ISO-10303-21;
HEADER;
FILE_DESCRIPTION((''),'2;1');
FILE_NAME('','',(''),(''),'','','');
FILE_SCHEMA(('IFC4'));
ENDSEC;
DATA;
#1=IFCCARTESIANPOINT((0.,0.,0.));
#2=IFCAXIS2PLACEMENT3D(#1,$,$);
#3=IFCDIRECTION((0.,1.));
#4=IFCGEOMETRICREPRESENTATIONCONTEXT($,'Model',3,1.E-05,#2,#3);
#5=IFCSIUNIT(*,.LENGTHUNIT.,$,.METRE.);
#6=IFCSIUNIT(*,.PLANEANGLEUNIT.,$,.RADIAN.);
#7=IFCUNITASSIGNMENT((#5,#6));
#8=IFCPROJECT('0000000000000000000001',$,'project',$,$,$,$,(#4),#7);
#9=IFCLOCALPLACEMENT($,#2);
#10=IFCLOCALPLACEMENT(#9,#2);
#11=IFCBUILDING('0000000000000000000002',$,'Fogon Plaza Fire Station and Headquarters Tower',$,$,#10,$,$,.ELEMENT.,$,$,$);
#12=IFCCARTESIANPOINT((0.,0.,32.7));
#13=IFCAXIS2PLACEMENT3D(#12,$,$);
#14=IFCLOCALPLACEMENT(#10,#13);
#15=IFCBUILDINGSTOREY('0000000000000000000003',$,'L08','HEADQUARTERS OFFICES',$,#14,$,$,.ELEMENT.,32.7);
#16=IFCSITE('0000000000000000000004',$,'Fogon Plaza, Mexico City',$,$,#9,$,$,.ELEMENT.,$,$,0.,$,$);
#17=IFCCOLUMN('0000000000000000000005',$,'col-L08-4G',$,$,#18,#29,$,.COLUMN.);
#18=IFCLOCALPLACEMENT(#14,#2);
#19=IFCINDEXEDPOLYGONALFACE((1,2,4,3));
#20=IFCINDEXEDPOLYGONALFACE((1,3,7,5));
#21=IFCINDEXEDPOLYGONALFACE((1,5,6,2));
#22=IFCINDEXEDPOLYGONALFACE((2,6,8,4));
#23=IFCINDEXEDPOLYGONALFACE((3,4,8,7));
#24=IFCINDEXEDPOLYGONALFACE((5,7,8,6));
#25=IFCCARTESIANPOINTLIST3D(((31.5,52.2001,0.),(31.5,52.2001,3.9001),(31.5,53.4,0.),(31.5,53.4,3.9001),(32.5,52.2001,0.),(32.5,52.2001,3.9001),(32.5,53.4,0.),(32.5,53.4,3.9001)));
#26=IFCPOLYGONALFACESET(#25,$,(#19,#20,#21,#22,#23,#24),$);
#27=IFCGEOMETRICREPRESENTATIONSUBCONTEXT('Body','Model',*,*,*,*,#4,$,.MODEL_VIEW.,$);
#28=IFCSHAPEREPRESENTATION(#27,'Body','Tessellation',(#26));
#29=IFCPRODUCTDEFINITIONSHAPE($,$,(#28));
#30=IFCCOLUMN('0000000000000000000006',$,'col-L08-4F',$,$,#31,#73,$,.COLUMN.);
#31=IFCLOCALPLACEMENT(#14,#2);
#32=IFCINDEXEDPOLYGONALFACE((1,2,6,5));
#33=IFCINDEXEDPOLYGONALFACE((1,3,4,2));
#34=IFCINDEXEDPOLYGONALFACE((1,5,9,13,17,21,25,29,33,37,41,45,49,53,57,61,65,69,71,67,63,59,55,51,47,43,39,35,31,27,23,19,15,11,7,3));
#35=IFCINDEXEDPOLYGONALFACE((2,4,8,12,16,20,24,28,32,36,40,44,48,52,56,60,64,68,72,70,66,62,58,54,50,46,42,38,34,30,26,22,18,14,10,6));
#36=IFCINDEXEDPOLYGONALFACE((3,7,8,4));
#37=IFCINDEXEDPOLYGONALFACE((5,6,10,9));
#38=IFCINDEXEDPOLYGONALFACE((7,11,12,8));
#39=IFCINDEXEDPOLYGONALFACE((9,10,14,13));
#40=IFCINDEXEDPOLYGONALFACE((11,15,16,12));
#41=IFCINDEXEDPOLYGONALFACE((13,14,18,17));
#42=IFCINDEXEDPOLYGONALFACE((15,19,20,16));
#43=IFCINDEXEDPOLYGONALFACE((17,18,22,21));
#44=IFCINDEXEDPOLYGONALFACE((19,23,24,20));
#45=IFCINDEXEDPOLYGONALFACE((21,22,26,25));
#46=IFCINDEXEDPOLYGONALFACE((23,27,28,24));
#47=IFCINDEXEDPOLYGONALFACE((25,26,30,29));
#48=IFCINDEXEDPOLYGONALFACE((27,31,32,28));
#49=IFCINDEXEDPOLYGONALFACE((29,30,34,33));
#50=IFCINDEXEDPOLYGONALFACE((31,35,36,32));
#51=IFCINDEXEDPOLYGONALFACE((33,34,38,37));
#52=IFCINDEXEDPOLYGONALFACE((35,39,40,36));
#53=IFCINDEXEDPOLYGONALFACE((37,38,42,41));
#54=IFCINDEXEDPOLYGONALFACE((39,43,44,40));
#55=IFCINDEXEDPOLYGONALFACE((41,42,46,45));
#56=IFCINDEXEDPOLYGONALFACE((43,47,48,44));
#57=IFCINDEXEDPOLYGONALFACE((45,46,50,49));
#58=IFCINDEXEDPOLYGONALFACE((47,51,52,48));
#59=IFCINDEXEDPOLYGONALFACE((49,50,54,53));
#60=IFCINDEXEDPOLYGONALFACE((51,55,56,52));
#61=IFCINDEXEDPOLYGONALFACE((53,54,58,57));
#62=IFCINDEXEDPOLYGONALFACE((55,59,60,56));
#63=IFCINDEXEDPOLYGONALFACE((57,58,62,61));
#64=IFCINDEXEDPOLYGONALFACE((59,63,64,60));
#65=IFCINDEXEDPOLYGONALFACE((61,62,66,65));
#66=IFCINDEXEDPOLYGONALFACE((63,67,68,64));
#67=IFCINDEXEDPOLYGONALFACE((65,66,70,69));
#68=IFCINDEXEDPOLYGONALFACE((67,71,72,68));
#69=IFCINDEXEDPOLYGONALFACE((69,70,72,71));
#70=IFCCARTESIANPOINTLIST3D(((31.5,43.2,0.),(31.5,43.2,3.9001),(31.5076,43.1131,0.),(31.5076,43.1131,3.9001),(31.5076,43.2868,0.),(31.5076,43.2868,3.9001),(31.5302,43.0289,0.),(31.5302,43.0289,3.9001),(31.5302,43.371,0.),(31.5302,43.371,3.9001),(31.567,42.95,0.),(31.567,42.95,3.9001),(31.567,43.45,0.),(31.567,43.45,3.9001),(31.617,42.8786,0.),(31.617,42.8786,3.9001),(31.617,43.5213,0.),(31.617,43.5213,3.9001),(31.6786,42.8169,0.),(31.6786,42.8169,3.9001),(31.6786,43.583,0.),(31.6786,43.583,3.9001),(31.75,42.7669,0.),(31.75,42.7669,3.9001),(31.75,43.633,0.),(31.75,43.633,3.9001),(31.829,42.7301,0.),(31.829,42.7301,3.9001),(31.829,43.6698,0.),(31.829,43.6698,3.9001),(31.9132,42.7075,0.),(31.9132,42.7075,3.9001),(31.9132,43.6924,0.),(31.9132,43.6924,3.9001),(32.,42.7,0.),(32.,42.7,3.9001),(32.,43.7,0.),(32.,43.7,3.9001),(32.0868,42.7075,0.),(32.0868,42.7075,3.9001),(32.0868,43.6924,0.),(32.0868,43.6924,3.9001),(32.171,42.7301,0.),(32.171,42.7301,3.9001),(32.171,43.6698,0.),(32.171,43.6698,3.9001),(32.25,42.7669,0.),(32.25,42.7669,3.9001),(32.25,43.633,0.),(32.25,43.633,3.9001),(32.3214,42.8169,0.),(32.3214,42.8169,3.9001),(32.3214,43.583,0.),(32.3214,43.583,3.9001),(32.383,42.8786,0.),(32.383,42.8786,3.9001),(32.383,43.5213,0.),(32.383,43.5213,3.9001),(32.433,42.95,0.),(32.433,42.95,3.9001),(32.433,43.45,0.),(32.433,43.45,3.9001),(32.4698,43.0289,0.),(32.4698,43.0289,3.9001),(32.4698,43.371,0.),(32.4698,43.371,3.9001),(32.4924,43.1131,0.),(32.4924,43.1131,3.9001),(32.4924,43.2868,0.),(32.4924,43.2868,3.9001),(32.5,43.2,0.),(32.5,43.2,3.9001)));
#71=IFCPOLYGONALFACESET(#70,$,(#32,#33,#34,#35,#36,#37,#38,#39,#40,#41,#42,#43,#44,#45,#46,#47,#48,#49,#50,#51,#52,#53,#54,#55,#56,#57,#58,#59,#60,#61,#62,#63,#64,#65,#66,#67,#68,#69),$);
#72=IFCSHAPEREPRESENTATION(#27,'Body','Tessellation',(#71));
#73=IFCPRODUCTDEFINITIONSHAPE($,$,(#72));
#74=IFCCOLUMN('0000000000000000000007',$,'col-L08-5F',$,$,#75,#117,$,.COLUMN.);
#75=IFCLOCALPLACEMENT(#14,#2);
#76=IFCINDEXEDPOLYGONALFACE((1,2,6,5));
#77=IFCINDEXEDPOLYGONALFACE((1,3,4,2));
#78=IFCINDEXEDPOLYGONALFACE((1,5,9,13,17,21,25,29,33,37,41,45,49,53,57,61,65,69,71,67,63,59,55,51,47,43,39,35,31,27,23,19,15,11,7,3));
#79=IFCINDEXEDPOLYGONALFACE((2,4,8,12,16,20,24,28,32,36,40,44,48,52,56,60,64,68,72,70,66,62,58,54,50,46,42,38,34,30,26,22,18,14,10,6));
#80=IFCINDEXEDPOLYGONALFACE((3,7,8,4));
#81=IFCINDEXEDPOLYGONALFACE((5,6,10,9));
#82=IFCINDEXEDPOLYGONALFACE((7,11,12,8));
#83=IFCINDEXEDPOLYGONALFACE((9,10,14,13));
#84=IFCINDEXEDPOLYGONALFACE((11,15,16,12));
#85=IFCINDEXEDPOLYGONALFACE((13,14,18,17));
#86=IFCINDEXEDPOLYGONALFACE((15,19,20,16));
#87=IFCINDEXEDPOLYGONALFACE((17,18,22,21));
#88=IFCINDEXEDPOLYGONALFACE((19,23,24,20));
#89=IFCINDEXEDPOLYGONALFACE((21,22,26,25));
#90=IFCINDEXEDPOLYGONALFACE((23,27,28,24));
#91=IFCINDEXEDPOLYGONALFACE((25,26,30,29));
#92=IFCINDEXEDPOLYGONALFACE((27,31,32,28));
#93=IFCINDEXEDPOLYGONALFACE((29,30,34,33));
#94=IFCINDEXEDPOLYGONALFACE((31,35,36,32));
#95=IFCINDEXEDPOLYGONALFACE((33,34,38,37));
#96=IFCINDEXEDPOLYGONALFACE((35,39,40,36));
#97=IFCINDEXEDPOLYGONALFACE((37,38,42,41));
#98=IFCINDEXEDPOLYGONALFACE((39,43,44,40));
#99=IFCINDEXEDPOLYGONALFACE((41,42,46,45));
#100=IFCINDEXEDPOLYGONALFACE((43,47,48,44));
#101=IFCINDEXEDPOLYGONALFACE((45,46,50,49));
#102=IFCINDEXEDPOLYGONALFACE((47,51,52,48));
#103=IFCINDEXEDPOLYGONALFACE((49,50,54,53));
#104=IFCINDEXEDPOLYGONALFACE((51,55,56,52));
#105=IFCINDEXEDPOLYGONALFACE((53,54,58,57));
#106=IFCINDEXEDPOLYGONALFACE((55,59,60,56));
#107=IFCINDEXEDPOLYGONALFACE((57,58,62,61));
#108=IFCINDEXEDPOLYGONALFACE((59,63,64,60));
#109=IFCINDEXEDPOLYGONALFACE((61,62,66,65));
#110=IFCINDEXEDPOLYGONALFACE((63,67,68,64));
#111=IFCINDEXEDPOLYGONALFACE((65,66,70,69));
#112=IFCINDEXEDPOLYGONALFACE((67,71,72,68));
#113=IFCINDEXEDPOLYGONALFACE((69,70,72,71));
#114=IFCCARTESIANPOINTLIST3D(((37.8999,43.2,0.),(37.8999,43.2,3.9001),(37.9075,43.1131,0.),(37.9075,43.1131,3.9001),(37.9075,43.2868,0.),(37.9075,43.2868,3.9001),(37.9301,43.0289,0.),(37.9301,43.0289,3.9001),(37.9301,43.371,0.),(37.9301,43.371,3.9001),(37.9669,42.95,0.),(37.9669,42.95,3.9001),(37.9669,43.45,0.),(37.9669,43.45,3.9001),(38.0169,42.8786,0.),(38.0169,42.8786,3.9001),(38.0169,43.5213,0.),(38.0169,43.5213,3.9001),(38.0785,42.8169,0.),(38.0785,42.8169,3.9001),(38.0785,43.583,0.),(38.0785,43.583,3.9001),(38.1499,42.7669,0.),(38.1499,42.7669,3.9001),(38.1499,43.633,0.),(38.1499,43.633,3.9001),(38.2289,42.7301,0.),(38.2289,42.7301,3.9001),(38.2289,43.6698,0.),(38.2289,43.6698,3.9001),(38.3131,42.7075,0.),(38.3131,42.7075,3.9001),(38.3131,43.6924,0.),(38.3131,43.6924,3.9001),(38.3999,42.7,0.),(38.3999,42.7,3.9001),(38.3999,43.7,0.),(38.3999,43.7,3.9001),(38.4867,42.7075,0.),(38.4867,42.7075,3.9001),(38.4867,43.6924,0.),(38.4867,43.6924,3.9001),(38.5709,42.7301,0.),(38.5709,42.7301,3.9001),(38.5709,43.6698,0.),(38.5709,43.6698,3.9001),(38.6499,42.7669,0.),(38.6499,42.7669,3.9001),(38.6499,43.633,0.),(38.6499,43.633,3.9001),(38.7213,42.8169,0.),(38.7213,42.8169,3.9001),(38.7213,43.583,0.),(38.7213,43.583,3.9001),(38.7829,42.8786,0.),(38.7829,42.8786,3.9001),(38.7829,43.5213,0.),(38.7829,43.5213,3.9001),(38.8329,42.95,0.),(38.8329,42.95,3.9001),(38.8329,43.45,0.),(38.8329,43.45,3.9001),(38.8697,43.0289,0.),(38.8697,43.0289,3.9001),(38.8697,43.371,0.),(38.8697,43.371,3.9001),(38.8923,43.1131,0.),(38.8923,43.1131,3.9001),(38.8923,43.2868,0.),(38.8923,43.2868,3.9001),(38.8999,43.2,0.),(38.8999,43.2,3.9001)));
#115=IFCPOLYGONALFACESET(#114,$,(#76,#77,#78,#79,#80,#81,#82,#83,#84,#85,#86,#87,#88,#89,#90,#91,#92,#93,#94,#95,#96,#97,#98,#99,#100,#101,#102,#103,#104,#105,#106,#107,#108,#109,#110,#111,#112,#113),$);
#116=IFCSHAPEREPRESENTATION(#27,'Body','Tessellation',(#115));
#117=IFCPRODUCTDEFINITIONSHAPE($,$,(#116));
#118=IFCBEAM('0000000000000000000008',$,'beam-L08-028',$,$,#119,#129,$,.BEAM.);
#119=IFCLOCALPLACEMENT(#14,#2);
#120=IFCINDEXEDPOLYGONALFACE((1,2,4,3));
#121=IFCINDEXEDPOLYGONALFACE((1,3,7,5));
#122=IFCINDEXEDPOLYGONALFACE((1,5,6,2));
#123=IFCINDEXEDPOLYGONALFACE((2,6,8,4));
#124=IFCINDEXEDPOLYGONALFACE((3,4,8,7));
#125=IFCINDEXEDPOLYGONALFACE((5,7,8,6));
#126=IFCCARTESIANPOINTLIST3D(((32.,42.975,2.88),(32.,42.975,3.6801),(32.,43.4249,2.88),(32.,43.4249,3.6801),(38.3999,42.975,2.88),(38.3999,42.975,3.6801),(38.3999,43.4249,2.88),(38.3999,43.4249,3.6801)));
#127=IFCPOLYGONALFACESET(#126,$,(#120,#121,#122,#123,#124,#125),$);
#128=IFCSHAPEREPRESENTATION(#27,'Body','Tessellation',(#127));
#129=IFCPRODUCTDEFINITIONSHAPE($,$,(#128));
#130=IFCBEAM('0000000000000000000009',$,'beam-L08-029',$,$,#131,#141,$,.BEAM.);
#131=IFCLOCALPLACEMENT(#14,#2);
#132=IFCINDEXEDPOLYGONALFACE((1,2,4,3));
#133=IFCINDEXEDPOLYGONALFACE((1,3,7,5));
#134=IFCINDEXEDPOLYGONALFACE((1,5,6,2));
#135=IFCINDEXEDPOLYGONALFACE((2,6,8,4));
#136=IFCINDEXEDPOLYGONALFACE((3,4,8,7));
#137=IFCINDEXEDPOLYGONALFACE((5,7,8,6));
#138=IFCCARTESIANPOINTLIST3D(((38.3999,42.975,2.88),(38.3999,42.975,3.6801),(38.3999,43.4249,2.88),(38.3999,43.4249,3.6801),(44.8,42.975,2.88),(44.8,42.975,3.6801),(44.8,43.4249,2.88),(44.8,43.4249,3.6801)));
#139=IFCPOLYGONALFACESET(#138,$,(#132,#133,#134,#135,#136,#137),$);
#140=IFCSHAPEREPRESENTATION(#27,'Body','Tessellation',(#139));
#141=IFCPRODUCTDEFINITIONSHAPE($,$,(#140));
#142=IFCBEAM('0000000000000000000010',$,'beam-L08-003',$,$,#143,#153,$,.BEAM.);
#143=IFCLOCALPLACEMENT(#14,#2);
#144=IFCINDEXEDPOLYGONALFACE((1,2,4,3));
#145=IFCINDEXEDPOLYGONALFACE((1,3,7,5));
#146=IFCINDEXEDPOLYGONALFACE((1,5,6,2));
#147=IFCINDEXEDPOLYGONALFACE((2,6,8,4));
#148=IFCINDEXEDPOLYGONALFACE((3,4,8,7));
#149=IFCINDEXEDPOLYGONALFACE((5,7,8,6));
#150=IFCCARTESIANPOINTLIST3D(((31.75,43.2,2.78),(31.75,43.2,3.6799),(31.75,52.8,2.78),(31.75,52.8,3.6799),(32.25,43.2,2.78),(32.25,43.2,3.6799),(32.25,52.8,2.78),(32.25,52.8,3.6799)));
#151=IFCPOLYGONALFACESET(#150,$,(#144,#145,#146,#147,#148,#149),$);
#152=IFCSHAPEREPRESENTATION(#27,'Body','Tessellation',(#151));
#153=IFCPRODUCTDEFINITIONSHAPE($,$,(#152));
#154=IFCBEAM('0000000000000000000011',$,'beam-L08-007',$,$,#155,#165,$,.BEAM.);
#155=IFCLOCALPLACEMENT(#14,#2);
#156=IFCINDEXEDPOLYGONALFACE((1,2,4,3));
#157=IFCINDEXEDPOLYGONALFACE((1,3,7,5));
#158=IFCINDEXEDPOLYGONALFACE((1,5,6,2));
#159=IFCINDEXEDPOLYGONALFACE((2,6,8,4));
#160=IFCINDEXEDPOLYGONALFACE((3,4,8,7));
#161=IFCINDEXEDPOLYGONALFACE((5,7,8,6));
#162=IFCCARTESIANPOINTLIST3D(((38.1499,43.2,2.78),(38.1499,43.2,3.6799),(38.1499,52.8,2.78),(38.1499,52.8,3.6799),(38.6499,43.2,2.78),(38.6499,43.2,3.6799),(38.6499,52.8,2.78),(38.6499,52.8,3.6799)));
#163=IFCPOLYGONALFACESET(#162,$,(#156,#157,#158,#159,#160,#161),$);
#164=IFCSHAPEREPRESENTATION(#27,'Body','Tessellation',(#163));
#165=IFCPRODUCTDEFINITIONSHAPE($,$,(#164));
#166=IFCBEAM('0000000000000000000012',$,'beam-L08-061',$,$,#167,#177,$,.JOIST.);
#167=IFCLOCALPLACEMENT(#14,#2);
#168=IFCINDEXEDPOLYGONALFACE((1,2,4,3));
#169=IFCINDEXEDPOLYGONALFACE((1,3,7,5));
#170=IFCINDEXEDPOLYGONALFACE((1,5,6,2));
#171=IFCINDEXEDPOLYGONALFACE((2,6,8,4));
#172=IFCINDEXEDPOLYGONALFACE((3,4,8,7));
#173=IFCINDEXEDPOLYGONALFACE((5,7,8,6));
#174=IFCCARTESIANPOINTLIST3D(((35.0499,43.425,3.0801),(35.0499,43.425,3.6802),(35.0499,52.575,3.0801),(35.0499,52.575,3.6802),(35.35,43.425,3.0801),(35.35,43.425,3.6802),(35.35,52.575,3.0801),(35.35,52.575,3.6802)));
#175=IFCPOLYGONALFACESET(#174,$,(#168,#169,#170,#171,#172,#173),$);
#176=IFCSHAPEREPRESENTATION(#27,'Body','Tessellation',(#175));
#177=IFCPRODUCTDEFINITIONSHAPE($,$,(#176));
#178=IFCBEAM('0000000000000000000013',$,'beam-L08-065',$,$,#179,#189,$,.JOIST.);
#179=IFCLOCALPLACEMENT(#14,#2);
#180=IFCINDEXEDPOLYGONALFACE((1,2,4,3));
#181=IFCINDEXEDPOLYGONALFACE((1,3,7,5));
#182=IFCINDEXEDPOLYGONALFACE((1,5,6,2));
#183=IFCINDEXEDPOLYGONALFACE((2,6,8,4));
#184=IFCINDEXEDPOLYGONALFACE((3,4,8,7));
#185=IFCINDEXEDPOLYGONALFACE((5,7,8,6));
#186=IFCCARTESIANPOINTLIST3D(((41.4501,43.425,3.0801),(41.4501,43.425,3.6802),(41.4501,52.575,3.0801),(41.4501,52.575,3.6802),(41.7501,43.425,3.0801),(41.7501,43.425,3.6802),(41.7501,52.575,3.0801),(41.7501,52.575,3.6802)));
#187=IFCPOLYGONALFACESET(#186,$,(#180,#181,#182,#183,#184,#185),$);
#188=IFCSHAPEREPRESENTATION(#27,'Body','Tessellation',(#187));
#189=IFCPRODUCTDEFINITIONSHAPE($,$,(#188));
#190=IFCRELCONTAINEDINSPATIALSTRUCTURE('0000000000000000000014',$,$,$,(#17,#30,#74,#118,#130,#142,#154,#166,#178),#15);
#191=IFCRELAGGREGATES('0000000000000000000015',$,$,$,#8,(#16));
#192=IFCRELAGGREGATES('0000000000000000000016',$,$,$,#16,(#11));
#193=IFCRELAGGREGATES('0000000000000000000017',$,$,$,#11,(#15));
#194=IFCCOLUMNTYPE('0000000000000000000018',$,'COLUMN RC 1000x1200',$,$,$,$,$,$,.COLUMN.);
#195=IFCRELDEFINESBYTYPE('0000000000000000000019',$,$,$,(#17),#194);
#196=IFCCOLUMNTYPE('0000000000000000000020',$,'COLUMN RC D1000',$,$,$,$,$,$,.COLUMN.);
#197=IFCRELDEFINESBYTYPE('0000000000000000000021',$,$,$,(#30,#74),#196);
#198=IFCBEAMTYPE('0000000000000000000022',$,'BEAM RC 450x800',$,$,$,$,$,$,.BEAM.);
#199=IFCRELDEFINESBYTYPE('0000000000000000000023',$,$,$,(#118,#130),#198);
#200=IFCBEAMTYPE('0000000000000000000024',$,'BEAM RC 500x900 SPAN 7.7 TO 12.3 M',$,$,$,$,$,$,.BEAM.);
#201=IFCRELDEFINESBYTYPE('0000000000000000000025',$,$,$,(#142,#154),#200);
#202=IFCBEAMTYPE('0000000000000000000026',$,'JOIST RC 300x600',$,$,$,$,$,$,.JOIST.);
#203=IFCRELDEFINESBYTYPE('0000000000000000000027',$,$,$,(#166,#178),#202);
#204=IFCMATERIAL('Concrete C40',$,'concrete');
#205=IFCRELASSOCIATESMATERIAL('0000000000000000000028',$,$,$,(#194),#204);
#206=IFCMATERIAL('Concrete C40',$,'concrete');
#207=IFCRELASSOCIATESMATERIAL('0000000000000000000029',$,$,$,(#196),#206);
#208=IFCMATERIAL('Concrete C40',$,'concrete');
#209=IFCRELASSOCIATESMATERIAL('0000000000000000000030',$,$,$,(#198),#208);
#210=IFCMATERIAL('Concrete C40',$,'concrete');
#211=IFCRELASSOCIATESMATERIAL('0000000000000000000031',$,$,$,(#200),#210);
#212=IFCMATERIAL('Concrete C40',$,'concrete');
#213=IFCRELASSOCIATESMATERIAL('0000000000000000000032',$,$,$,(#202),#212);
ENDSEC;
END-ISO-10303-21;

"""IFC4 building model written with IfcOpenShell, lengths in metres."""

from ifc_helpers import new_model, si_unit, direction, frame, origin, origin_2d, place, context, subcontext, project, spatial, rectangle, circle, extrude, material, material_profile, profile_set, type_object, element, save


model = new_model("IFC4")

# Units and contexts
model_context = context("Model", 3, precision=1e-05, world=origin(), true_north=direction((0.0, 1.0)))
body_context = subcontext(model_context, "Body", "Model", "MODEL_VIEW")
ifc_project = project(units=[si_unit("LENGTHUNIT", "METRE"), si_unit("PLANEANGLEUNIT", "RADIAN")], contexts=[model_context])

# Site, building, storey
site_placement = place(None, origin())
site = spatial("IfcSite", under=ifc_project, at=site_placement, Name="Fogon Plaza, Mexico City", CompositionType="ELEMENT", RefElevation=0.0)
building_placement = place(site_placement, origin())
building = spatial("IfcBuilding", under=site, at=building_placement, Name="Fogon Plaza Fire Station and Headquarters Tower", CompositionType="ELEMENT")
storey_placement = place(building_placement, frame((0.0, 0.0, 32.7)))
storey = spatial("IfcBuildingStorey", under=building, at=storey_placement, Name="L08", Description="HEADQUARTERS OFFICES", CompositionType="ELEMENT", Elevation=32.7)

# Columns
ifc_material_1 = material(Name="Concrete C40", Category="concrete")
ifc_material_profile_1 = material_profile(ifc_material_1, rectangle(XDim=1.0, YDim=1.2, at=origin_2d()), Name="RC 1000x1200")
ifc_profile_set_1 = profile_set([ifc_material_profile_1], Name="Concrete C40")
column_type_1 = type_object("IfcColumnType", Name="COLUMN RC 1000x1200", PredefinedType="COLUMN", material=ifc_profile_set_1)
column_placement = place(storey_placement, frame((32.0, 52.8, 0.0), z_axis=(0.0, 0.0, 1.0), x_axis=(1.0, 0.0, 0.0)))
element("IfcColumn", 1, at=column_placement, inside=storey, type_object=column_type_1, Name="col-L08-4G", PredefinedType="COLUMN", context=body_context, shape_type="SweptSolid", body=[
    extrude(rectangle(XDim=1.0, YDim=1.2, at=origin_2d()), origin(), (0.0, 0.0, 1.0), 3.9001),
])
ifc_material_2 = material(Name="Concrete C40", Category="concrete")
ifc_material_profile_2 = material_profile(ifc_material_2, circle(Radius=0.5, at=origin_2d()), Name="RC D1000")
ifc_profile_set_2 = profile_set([ifc_material_profile_2], Name="Concrete C40")
column_type_2 = type_object("IfcColumnType", Name="COLUMN RC D1000", PredefinedType="COLUMN", material=ifc_profile_set_2)
for number, where, z_axis, x_axis, name in (
    (2, (32.0, 43.2, 0.0), (0.0, 0.0, 1.0), (1.0, 0.0, 0.0), "col-L08-4F"),
    (3, (38.3999, 43.2, 0.0), (0.0, 0.0, 1.0), (1.0, 0.0, 0.0), "col-L08-5F"),
):
    element("IfcColumn", number, at=place(storey_placement, frame(where, z_axis=z_axis, x_axis=x_axis)), inside=storey, type_object=column_type_2, Name=name, PredefinedType="COLUMN", context=body_context, shape_type="SweptSolid", body=[
        extrude(circle(Radius=0.5, at=origin_2d()), origin(), (0.0, 0.0, 1.0), 3.9001),
    ])

# Beams
ifc_material_3 = material(Name="Concrete C40", Category="concrete")
ifc_material_profile_3 = material_profile(ifc_material_3, rectangle(XDim=0.45, YDim=0.8, at=origin_2d()), Name="RC 450x800")
ifc_profile_set_3 = profile_set([ifc_material_profile_3], Name="Concrete C40")
beam_type_1 = type_object("IfcBeamType", Name="BEAM RC 450x800", PredefinedType="BEAM", material=ifc_profile_set_3)
beam_1_placement = place(storey_placement, frame((32.0, 43.2, 3.28), z_axis=(1.0, 0.0, 0.0), x_axis=(0.0, 1.0, 0.0)))
element("IfcBeam", 4, at=beam_1_placement, inside=storey, type_object=beam_type_1, Name="beam-L08-028", PredefinedType="BEAM", context=body_context, shape_type="SweptSolid", body=[
    extrude(rectangle(XDim=0.45, YDim=0.8, at=origin_2d()), origin(), (0.0, 0.0, 1.0), 6.3999),
])
beam_2_placement = place(storey_placement, frame((38.3999, 43.2, 3.28), z_axis=(1.0, 0.0, 0.0), x_axis=(0.0, 1.0, 0.0)))
element("IfcBeam", 5, at=beam_2_placement, inside=storey, type_object=beam_type_1, Name="beam-L08-029", PredefinedType="BEAM", context=body_context, shape_type="SweptSolid", body=[
    extrude(rectangle(XDim=0.45, YDim=0.8, at=origin_2d()), origin(), (0.0, 0.0, 1.0), 6.4001),
])
ifc_material_4 = material(Name="Concrete C40", Category="concrete")
ifc_material_profile_4 = material_profile(ifc_material_4, rectangle(XDim=0.5, YDim=0.8999, at=origin_2d()), Name="RC 500x900")
ifc_profile_set_4 = profile_set([ifc_material_profile_4], Name="Concrete C40")
beam_type_2 = type_object("IfcBeamType", Name="BEAM RC 500x900 SPAN 7.7 TO 12.3 M", PredefinedType="BEAM", material=ifc_profile_set_4)
for number, where, z_axis, x_axis, name in (
    (6, (32.0, 43.2, 3.23), (0.0, 1.0, 0.0), (-1.0, 0.0, 0.0), "beam-L08-003"),
    (7, (38.3999, 43.2, 3.23), (0.0, 1.0, 0.0), (-1.0, 0.0, 0.0), "beam-L08-007"),
):
    element("IfcBeam", number, at=place(storey_placement, frame(where, z_axis=z_axis, x_axis=x_axis)), inside=storey, type_object=beam_type_2, Name=name, PredefinedType="BEAM", context=body_context, shape_type="SweptSolid", body=[
        extrude(rectangle(XDim=0.5, YDim=0.8999, at=origin_2d()), origin(), (0.0, 0.0, 1.0), 9.6001),
    ])
ifc_material_5 = material(Name="Concrete C40", Category="concrete")
ifc_material_profile_5 = material_profile(ifc_material_5, rectangle(XDim=0.3, YDim=0.6001, at=origin_2d()), Name="RC 300x600")
ifc_profile_set_5 = profile_set([ifc_material_profile_5], Name="Concrete C40")
beam_type_3 = type_object("IfcBeamType", Name="JOIST RC 300x600", PredefinedType="JOIST", material=ifc_profile_set_5)
for number, where, z_axis, x_axis, name in (
    (8, (35.2, 43.425, 3.3801), (0.0, 1.0, 0.0), (-1.0, 0.0, 0.0), "beam-L08-061"),
    (9, (41.6001, 43.425, 3.3801), (0.0, 1.0, 0.0), (-1.0, 0.0, 0.0), "beam-L08-065"),
):
    element("IfcBeam", number, at=place(storey_placement, frame(where, z_axis=z_axis, x_axis=x_axis)), inside=storey, type_object=beam_type_3, Name=name, PredefinedType="JOIST", context=body_context, shape_type="SweptSolid", body=[
        extrude(rectangle(XDim=0.3, YDim=0.6001, at=origin_2d()), origin(), (0.0, 0.0, 1.0), 9.1499),
    ])

save(model, "model.ifc")
